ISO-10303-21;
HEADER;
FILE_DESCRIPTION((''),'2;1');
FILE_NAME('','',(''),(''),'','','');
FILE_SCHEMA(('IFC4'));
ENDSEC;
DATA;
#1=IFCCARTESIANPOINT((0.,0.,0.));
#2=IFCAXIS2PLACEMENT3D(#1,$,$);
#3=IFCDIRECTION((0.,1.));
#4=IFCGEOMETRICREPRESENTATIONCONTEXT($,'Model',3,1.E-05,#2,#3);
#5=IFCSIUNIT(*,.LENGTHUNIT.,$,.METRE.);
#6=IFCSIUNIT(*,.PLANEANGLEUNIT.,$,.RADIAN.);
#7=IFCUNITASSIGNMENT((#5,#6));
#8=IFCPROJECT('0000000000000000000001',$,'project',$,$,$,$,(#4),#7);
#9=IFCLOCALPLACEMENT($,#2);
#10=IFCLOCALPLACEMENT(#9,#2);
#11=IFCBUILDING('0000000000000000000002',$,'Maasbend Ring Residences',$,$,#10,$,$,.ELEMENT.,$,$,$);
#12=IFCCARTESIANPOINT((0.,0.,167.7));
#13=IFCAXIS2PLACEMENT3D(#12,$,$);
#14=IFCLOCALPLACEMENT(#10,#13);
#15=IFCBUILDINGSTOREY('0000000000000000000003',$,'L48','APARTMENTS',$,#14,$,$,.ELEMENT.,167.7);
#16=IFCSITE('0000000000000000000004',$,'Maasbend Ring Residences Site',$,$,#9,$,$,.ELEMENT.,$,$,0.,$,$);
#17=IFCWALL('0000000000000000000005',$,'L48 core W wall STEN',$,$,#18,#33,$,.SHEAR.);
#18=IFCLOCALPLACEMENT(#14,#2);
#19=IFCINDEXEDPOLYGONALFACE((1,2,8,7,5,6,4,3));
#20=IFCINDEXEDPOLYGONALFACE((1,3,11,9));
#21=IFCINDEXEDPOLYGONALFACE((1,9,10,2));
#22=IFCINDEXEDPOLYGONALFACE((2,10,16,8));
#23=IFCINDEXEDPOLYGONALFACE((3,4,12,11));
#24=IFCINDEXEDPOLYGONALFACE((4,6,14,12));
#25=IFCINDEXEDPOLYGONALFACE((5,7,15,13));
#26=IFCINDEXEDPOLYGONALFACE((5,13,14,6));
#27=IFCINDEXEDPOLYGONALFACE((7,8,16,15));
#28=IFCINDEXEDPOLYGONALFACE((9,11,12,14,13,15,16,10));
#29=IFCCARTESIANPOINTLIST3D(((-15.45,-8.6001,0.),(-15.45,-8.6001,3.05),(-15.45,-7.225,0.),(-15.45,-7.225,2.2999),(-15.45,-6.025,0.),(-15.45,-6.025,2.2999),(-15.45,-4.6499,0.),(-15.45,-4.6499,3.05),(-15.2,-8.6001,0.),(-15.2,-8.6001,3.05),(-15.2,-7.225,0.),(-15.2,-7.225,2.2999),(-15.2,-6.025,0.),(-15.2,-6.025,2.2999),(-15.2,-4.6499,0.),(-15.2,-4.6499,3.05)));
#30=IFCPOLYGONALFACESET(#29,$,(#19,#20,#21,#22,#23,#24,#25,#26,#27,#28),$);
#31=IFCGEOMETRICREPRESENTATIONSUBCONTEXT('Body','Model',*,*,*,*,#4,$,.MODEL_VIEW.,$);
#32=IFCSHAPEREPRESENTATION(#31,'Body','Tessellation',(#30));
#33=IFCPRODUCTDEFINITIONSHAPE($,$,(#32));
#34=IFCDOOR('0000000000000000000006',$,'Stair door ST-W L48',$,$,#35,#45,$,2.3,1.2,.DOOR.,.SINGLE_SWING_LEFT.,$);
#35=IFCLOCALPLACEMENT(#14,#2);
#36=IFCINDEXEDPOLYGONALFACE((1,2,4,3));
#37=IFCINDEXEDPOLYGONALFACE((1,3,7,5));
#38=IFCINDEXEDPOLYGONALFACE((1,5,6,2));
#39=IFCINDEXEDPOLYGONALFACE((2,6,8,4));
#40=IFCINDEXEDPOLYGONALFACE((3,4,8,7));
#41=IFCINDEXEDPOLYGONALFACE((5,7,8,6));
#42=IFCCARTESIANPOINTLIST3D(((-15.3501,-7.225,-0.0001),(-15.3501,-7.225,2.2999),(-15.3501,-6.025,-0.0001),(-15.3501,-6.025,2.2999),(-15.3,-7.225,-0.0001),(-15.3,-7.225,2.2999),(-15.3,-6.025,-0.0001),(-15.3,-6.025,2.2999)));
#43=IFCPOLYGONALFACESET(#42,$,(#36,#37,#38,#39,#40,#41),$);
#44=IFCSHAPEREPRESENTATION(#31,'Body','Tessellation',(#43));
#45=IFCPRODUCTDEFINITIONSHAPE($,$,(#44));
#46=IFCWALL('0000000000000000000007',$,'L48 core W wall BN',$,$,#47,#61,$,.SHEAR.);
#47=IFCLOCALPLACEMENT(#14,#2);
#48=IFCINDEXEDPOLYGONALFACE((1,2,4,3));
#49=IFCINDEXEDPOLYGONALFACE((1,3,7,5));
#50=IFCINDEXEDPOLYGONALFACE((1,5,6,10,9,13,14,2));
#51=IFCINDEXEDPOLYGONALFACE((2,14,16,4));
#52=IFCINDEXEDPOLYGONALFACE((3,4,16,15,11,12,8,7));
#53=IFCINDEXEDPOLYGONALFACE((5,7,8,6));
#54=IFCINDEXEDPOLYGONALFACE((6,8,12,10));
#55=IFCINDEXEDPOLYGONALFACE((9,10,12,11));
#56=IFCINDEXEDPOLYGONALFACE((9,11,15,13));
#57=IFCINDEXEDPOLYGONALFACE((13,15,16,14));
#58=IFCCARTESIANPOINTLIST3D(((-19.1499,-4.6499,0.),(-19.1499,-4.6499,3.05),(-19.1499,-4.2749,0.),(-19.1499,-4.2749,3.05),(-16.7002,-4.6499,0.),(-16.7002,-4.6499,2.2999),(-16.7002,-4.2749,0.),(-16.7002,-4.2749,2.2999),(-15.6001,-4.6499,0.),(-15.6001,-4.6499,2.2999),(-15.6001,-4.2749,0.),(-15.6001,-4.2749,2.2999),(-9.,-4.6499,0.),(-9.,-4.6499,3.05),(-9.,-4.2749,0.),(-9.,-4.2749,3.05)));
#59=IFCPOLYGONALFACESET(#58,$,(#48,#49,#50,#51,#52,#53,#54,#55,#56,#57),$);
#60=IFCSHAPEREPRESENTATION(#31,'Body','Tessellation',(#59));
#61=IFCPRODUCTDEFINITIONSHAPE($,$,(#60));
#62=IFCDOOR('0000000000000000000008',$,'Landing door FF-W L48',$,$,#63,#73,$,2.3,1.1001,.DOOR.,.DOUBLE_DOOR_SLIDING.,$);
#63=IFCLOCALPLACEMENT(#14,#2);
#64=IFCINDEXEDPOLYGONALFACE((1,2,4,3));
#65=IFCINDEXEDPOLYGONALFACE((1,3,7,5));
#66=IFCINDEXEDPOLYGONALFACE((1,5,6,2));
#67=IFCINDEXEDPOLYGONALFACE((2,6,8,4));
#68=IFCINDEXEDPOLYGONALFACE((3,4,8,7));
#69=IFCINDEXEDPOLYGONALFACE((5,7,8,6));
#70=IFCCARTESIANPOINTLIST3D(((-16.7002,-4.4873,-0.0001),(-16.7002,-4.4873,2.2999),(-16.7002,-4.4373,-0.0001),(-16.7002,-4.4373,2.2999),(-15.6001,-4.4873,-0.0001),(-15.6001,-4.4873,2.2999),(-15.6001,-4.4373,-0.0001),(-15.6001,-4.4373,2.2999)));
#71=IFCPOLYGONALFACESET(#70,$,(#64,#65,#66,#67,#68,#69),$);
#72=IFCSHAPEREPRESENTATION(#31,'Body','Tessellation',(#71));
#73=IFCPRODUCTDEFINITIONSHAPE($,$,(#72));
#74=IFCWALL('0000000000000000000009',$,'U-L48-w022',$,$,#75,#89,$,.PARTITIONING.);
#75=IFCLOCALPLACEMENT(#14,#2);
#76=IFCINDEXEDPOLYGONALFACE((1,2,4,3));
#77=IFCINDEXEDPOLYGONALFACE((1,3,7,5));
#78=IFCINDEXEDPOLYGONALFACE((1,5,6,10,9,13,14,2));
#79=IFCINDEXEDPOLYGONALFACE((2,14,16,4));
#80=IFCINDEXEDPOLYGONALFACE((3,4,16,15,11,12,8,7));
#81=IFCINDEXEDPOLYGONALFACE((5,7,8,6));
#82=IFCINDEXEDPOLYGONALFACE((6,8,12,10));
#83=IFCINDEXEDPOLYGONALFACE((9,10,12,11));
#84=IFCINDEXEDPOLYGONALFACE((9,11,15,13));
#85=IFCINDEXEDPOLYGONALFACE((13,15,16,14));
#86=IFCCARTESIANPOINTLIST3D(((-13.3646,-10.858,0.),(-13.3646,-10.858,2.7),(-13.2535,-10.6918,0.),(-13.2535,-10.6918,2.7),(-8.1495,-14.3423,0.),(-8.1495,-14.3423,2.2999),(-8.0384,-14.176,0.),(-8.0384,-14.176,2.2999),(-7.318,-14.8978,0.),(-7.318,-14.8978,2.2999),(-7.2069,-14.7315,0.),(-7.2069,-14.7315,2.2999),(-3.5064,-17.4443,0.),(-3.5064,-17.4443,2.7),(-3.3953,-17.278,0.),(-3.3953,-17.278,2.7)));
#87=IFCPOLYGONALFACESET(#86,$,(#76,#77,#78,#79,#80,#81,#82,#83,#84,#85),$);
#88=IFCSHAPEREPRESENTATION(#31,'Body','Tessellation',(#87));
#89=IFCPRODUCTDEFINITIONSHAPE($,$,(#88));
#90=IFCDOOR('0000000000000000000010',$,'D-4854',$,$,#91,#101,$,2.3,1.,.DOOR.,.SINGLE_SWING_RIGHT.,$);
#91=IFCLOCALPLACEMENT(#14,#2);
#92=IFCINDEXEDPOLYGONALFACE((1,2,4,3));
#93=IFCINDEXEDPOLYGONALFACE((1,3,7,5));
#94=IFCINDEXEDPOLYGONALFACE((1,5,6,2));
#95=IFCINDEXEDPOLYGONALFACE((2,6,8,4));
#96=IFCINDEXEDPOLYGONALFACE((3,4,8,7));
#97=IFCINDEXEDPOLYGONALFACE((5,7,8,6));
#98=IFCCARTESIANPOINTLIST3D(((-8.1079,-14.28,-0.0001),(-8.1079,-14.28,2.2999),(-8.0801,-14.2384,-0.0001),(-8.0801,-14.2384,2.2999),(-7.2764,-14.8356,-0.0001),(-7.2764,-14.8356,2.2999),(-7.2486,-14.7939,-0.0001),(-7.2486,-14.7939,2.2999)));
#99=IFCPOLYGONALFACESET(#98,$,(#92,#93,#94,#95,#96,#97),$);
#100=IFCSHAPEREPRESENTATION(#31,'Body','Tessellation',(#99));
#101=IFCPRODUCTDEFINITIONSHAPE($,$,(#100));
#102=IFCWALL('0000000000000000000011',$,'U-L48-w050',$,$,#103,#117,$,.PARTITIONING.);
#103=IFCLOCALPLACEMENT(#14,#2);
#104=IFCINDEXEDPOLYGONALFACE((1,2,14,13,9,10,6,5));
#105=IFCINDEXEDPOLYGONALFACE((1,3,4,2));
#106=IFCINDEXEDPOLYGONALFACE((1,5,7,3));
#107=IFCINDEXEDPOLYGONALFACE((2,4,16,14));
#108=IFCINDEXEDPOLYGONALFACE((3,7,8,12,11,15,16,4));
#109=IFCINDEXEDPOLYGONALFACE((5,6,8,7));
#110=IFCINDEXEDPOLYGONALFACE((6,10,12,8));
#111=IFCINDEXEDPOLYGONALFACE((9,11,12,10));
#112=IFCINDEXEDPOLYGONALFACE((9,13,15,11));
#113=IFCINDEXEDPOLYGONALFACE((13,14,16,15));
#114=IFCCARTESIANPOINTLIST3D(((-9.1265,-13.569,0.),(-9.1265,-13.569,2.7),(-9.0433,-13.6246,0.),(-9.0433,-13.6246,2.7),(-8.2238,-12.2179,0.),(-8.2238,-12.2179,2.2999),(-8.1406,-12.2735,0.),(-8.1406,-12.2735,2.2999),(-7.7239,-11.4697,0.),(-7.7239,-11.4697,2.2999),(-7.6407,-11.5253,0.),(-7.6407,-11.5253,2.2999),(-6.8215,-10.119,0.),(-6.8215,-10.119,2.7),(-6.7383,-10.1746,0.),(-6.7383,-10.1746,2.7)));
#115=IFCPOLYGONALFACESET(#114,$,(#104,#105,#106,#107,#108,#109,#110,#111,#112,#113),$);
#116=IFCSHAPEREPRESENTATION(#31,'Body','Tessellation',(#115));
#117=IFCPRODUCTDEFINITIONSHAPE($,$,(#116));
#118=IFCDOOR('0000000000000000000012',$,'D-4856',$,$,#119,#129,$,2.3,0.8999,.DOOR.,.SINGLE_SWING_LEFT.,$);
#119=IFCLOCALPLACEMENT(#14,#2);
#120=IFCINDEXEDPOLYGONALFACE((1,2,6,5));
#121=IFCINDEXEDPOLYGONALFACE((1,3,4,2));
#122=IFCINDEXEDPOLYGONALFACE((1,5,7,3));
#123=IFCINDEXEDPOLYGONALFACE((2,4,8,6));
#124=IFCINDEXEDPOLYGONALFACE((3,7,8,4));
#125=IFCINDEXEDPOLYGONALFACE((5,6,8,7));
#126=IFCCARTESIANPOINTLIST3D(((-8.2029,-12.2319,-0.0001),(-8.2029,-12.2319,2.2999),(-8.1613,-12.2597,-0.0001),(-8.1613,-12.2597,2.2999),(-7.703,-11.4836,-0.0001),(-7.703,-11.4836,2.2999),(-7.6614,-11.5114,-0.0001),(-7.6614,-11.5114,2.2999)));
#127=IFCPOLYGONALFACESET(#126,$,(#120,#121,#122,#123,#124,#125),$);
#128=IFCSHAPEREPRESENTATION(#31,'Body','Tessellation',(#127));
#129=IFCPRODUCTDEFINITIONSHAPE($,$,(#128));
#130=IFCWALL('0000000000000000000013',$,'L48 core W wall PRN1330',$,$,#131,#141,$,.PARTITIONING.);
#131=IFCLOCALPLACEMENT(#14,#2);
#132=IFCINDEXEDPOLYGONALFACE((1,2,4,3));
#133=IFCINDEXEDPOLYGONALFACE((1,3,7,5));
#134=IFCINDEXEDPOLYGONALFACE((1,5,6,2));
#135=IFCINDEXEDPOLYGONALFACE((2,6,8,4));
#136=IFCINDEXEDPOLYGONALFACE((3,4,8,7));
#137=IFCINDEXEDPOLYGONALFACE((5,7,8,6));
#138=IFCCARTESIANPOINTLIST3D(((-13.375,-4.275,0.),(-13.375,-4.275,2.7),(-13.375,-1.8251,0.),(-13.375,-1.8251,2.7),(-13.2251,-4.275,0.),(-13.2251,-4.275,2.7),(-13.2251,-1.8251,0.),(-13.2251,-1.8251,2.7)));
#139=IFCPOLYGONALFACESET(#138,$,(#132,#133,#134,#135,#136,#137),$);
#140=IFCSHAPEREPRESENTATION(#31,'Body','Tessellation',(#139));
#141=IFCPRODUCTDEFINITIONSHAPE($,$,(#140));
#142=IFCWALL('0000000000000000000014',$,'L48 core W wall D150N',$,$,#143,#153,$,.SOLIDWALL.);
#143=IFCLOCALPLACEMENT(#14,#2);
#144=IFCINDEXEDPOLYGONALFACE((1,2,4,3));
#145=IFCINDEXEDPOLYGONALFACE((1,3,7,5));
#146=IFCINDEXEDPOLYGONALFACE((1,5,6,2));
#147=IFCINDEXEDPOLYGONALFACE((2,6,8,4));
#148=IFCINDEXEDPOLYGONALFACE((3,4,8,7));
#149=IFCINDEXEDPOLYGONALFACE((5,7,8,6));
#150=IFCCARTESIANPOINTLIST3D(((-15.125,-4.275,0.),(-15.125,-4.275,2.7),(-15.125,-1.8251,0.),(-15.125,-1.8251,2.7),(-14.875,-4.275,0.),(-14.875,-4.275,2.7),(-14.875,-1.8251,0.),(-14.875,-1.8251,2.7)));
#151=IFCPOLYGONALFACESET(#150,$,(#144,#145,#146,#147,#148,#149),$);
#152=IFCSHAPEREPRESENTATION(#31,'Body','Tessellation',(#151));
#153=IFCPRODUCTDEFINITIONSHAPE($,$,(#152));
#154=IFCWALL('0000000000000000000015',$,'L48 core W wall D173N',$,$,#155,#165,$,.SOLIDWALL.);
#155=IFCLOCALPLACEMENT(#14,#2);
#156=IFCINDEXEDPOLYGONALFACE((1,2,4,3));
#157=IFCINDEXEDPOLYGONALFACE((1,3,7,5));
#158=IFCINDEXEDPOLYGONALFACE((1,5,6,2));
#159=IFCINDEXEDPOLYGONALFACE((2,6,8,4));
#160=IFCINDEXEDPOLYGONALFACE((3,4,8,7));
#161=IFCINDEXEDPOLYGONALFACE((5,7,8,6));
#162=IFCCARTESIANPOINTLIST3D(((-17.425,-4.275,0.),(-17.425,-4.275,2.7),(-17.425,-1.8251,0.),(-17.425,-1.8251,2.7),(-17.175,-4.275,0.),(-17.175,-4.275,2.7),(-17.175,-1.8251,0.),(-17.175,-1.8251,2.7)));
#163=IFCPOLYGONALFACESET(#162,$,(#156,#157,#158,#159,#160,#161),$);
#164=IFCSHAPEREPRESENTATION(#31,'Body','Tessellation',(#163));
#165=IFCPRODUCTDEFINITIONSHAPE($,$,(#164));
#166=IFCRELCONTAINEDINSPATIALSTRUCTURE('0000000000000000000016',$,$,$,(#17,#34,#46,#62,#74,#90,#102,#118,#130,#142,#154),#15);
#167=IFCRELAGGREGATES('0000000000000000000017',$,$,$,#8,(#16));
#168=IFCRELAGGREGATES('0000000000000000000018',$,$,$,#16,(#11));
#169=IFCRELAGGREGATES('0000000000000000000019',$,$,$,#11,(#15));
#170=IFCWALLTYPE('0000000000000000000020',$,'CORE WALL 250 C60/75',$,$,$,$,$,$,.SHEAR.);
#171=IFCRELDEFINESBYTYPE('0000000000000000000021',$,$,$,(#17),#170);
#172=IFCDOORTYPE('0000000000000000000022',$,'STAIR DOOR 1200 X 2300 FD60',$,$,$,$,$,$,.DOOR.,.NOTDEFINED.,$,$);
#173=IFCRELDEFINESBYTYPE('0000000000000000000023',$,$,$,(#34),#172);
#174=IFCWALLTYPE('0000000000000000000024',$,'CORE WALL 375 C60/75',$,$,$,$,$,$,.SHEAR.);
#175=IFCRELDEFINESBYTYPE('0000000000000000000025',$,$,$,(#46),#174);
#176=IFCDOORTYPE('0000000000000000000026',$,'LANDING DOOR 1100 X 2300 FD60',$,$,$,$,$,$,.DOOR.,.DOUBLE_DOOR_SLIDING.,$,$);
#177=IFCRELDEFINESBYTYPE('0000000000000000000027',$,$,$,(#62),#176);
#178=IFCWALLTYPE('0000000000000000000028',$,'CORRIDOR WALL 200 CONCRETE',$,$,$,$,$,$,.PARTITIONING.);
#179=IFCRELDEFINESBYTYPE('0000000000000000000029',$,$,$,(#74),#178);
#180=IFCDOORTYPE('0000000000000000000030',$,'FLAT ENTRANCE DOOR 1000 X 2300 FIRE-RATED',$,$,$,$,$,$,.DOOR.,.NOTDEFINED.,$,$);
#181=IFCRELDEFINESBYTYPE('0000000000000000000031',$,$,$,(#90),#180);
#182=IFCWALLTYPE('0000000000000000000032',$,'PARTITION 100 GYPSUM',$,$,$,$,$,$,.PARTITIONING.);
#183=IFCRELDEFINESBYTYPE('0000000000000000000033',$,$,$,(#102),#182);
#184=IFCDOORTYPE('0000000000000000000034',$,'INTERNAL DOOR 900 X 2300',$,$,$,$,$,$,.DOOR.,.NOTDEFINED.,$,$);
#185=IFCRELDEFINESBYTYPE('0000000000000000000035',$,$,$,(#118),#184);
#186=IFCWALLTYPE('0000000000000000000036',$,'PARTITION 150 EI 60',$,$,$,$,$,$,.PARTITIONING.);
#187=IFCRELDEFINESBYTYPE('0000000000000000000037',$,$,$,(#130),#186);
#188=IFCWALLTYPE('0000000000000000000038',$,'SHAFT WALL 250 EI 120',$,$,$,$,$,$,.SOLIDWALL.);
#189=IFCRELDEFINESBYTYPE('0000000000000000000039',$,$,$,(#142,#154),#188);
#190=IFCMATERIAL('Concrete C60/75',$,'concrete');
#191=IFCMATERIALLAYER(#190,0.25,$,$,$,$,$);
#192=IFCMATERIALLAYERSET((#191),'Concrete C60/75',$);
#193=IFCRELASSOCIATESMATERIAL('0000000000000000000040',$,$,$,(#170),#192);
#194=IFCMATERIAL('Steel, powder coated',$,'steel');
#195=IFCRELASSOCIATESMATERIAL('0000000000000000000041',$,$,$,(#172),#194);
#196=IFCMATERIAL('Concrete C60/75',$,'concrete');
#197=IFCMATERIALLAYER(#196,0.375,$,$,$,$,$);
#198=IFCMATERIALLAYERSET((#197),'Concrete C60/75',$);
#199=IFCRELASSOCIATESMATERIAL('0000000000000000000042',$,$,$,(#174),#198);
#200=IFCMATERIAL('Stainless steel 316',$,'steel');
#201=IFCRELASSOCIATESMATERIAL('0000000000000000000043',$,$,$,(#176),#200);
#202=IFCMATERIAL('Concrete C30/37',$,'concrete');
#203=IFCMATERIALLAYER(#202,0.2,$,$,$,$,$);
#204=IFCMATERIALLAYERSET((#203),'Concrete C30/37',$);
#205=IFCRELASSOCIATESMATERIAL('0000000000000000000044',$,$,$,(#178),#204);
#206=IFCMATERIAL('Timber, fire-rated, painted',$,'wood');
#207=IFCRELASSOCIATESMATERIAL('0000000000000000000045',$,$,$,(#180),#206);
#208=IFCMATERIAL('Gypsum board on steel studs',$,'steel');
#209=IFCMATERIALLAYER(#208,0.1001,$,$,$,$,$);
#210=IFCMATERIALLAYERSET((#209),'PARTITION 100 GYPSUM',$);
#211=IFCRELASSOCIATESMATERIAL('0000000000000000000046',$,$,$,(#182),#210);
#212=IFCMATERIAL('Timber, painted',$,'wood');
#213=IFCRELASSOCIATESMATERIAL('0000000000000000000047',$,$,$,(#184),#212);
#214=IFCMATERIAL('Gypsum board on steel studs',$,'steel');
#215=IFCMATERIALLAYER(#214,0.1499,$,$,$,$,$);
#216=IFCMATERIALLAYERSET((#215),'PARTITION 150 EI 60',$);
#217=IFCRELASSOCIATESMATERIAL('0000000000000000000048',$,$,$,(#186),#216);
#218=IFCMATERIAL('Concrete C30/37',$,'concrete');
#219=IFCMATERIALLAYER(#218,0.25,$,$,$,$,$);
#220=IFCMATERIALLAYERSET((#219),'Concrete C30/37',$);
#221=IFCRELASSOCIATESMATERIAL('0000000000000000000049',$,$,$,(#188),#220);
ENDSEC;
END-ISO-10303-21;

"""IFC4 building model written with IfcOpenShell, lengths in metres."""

from ifc_helpers import new_model, si_unit, direction, frame, frame_2d, origin, place, context, subcontext, project, spatial, rectangle, extrude, material, layer, layer_set, type_object, element, fill, save


model = new_model("IFC4")

# Units and contexts
model_context = context("Model", 3, precision=1e-05, world=origin(), true_north=direction((0.0, 1.0)))
body_context = subcontext(model_context, "Body", "Model", "MODEL_VIEW")
ifc_project = project(units=[si_unit("LENGTHUNIT", "METRE"), si_unit("PLANEANGLEUNIT", "RADIAN")], contexts=[model_context])

# Site, building, storey
site_placement = place(None, origin())
site = spatial("IfcSite", under=ifc_project, at=site_placement, Name="Maasbend Ring Residences Site", CompositionType="ELEMENT", RefElevation=0.0)
building_placement = place(site_placement, origin())
building = spatial("IfcBuilding", under=site, at=building_placement, Name="Maasbend Ring Residences", CompositionType="ELEMENT")
storey_placement = place(building_placement, frame((0.0, 0.0, 167.7)))
storey = spatial("IfcBuildingStorey", under=building, at=storey_placement, Name="L48", Description="APARTMENTS", CompositionType="ELEMENT", Elevation=167.7)

# Shared definitions
ifc_material_1 = material(Name="Concrete C60/75", Category="concrete")
ifc_layer_1 = layer(ifc_material_1, 0.25)
ifc_layer_set_1 = layer_set([ifc_layer_1], Name="Concrete C60/75")
wall_type_1 = type_object("IfcWallType", Name="CORE WALL 250 C60/75", PredefinedType="SHEAR", material=ifc_layer_set_1)

# Walls, openings, doors
wall_1_placement = place(storey_placement, frame((-15.325, -4.6499, 0.0), z_axis=(0.0, 0.0, 1.0), x_axis=(0.0, -1.0, 0.0)))
wall_1 = element("IfcWall", 1, at=wall_1_placement, inside=storey, type_object=wall_type_1, Name="L48 core W wall STEN", PredefinedType="SHEAR", context=body_context, shape_type="SweptSolid", body=[
    extrude(rectangle(XDim=3.9502, YDim=0.25, at=frame_2d((1.9751, 0.0))), origin(), (0.0, 0.0, 1.0), 3.05),
])
opening_1_placement = place(wall_1_placement, frame((1.375, 0.0, 0.0)))
opening_1 = element("IfcOpeningElement", 2, at=opening_1_placement, cuts=wall_1, PredefinedType="OPENING", context=body_context, shape_type="SweptSolid", body=[
    extrude(rectangle(XDim=1.2, YDim=2.3, at=frame_2d((0.6001, 1.1499))), frame((0.0, 0.135, 0.0), z_axis=(0.0, -1.0, 0.0), x_axis=(1.0, 0.0, 0.0)), (0.0, 0.0, 1.0), 0.27),
])
ifc_material_2 = material(Name="Steel, powder coated", Category="steel")
door_type_1 = type_object("IfcDoorType", Name="STAIR DOOR 1200 X 2300 FD60", OperationType="NOTDEFINED", PredefinedType="DOOR", material=ifc_material_2)
door_1_placement = place(opening_1_placement, origin())
door_1 = element("IfcDoor", 3, at=door_1_placement, inside=storey, type_object=door_type_1, Name="Stair door ST-W L48", OperationType="SINGLE_SWING_LEFT", OverallHeight=2.3, OverallWidth=1.2, PredefinedType="DOOR", context=body_context, shape_type="SweptSolid", body=[
    extrude(rectangle(XDim=1.2, YDim=2.3, at=frame_2d((0.6001, 1.1499))), frame((0.0, 0.0249, 0.0), z_axis=(0.0, -1.0, 0.0), x_axis=(1.0, 0.0, 0.0)), (0.0, 0.0, 1.0), 0.05),
])
fill(opening_1, door_1)
ifc_material_3 = material(Name="Concrete C60/75", Category="concrete")
ifc_layer_2 = layer(ifc_material_3, 0.375)
ifc_layer_set_2 = layer_set([ifc_layer_2], Name="Concrete C60/75")
wall_type_2 = type_object("IfcWallType", Name="CORE WALL 375 C60/75", PredefinedType="SHEAR", material=ifc_layer_set_2)
wall_2_placement = place(storey_placement, frame((-9.0, -4.4624, 0.0), z_axis=(0.0, 0.0, 1.0), x_axis=(-1.0, 0.0, 0.0)))
wall_2 = element("IfcWall", 4, at=wall_2_placement, inside=storey, type_object=wall_type_2, Name="L48 core W wall BN", PredefinedType="SHEAR", context=body_context, shape_type="SweptSolid", body=[
    extrude(rectangle(XDim=10.1499, YDim=0.375, at=frame_2d((5.075, 0.0))), origin(), (0.0, 0.0, 1.0), 3.05),
])
opening_2_placement = place(wall_2_placement, frame((6.6001, 0.0, 0.0)))
opening_2 = element("IfcOpeningElement", 5, at=opening_2_placement, cuts=wall_2, PredefinedType="OPENING", context=body_context, shape_type="SweptSolid", body=[
    extrude(rectangle(XDim=1.1001, YDim=2.3, at=frame_2d((0.55, 1.1499))), frame((0.0, 0.1975, 0.0), z_axis=(0.0, -1.0, 0.0), x_axis=(1.0, 0.0, 0.0)), (0.0, 0.0, 1.0), 0.395),
])
ifc_material_4 = material(Name="Stainless steel 316", Category="steel")
door_type_2 = type_object("IfcDoorType", Name="LANDING DOOR 1100 X 2300 FD60", OperationType="DOUBLE_DOOR_SLIDING", PredefinedType="DOOR", material=ifc_material_4)
door_2_placement = place(opening_2_placement, origin())
door_2 = element("IfcDoor", 6, at=door_2_placement, inside=storey, type_object=door_type_2, Name="Landing door FF-W L48", OperationType="DOUBLE_DOOR_SLIDING", OverallHeight=2.3, OverallWidth=1.1001, PredefinedType="DOOR", context=body_context, shape_type="SweptSolid", body=[
    extrude(rectangle(XDim=1.1001, YDim=2.3, at=frame_2d((0.55, 1.1499))), frame((0.0, 0.0249, 0.0), z_axis=(0.0, -1.0, 0.0), x_axis=(1.0, 0.0, 0.0)), (0.0, 0.0, 1.0), 0.05),
])
fill(opening_2, door_2)
ifc_material_5 = material(Name="Concrete C30/37", Category="concrete")
ifc_layer_3 = layer(ifc_material_5, 0.2)
ifc_layer_set_3 = layer_set([ifc_layer_3], Name="Concrete C30/37")
wall_type_3 = type_object("IfcWallType", Name="CORRIDOR WALL 200 CONCRETE", PredefinedType="PARTITIONING", material=ifc_layer_set_3)
wall_3_placement = place(storey_placement, frame((-13.3091, -10.7749, 0.0), z_axis=(0.0, 0.0, 1.0), x_axis=(0.831502, -0.555522, 0.0)))
wall_3 = element("IfcWall", 7, at=wall_3_placement, inside=storey, type_object=wall_type_3, Name="U-L48-w022", PredefinedType="PARTITIONING", context=body_context, shape_type="SweptSolid", body=[
    extrude(rectangle(XDim=11.856, YDim=0.2, at=frame_2d((5.928, 0.0))), origin(), (0.0, 0.0, 1.0), 2.7),
])
opening_3_placement = place(wall_3_placement, frame((6.272, 0.0, 0.0)))
opening_3 = element("IfcOpeningElement", 8, at=opening_3_placement, cuts=wall_3, PredefinedType="OPENING", context=body_context, shape_type="SweptSolid", body=[
    extrude(rectangle(XDim=1.0, YDim=2.3, at=frame_2d((0.5, 1.1499))), frame((0.0, 0.1099, 0.0), z_axis=(0.0, -1.0, 0.0), x_axis=(1.0, 0.0, 0.0)), (0.0, 0.0, 1.0), 0.22),
])
ifc_material_6 = material(Name="Timber, fire-rated, painted", Category="wood")
door_type_3 = type_object("IfcDoorType", Name="FLAT ENTRANCE DOOR 1000 X 2300 FIRE-RATED", OperationType="NOTDEFINED", PredefinedType="DOOR", material=ifc_material_6)
door_3_placement = place(opening_3_placement, origin())
door_3 = element("IfcDoor", 9, at=door_3_placement, inside=storey, type_object=door_type_3, Name="D-4854", OperationType="SINGLE_SWING_RIGHT", OverallHeight=2.3, OverallWidth=1.0, PredefinedType="DOOR", context=body_context, shape_type="SweptSolid", body=[
    extrude(rectangle(XDim=1.0, YDim=2.3, at=frame_2d((0.5, 1.1499))), frame((0.0, 0.0249, 0.0), z_axis=(0.0, -1.0, 0.0), x_axis=(1.0, 0.0, 0.0)), (0.0, 0.0, 1.0), 0.05),
])
fill(opening_3, door_3)
ifc_material_7 = material(Name="Gypsum board on steel studs", Category="steel")
ifc_layer_4 = layer(ifc_material_7, 0.1001)
ifc_layer_set_4 = layer_set([ifc_layer_4], Name="PARTITION 100 GYPSUM")
wall_type_4 = type_object("IfcWallType", Name="PARTITION 100 GYPSUM", PredefinedType="PARTITIONING", material=ifc_layer_set_4)
wall_4_placement = place(storey_placement, frame((-9.085, -13.5969, 0.0), z_axis=(0.0, 0.0, 1.0), x_axis=(0.555528, 0.831498, 0.0)))
wall_4 = element("IfcWall", 10, at=wall_4_placement, inside=storey, type_object=wall_type_4, Name="U-L48-w050", PredefinedType="PARTITIONING", context=body_context, shape_type="SweptSolid", body=[
    extrude(rectangle(XDim=4.1492, YDim=0.1001, at=frame_2d((2.0747, 0.0))), origin(), (0.0, 0.0, 1.0), 2.7),
])
opening_4_placement = place(wall_4_placement, frame((1.625, 0.0, 0.0)))
opening_4 = element("IfcOpeningElement", 11, at=opening_4_placement, cuts=wall_4, PredefinedType="OPENING", context=body_context, shape_type="SweptSolid", body=[
    extrude(rectangle(XDim=0.8999, YDim=2.3, at=frame_2d((0.45, 1.1499))), frame((0.0, 0.0601, 0.0), z_axis=(0.0, -1.0, 0.0), x_axis=(1.0, 0.0, 0.0)), (0.0, 0.0, 1.0), 0.1201),
])
ifc_material_8 = material(Name="Timber, painted", Category="wood")
door_type_4 = type_object("IfcDoorType", Name="INTERNAL DOOR 900 X 2300", OperationType="NOTDEFINED", PredefinedType="DOOR", material=ifc_material_8)
door_4_placement = place(opening_4_placement, origin())
door_4 = element("IfcDoor", 12, at=door_4_placement, inside=storey, type_object=door_type_4, Name="D-4856", OperationType="SINGLE_SWING_LEFT", OverallHeight=2.3, OverallWidth=0.8999, PredefinedType="DOOR", context=body_context, shape_type="SweptSolid", body=[
    extrude(rectangle(XDim=0.8999, YDim=2.3, at=frame_2d((0.45, 1.1499))), frame((0.0, 0.0249, 0.0), z_axis=(0.0, -1.0, 0.0), x_axis=(1.0, 0.0, 0.0)), (0.0, 0.0, 1.0), 0.05),
])
fill(opening_4, door_4)

# Walls
ifc_material_9 = material(Name="Gypsum board on steel studs", Category="steel")
ifc_layer_5 = layer(ifc_material_9, 0.1499)
ifc_layer_set_5 = layer_set([ifc_layer_5], Name="PARTITION 150 EI 60")
wall_type_5 = type_object("IfcWallType", Name="PARTITION 150 EI 60", PredefinedType="PARTITIONING", material=ifc_layer_set_5)
wall_5_placement = place(storey_placement, frame((-13.3, -1.825, 0.0), z_axis=(0.0, 0.0, 1.0), x_axis=(0.0, -1.0, 0.0)))
element("IfcWall", 13, at=wall_5_placement, inside=storey, type_object=wall_type_5, Name="L48 core W wall PRN1330", PredefinedType="PARTITIONING", context=body_context, shape_type="SweptSolid", body=[
    extrude(rectangle(XDim=2.45, YDim=0.1499, at=frame_2d((1.2251, 0.0))), origin(), (0.0, 0.0, 1.0), 2.7),
])
ifc_material_10 = material(Name="Concrete C30/37", Category="concrete")
ifc_layer_6 = layer(ifc_material_10, 0.25)
ifc_layer_set_6 = layer_set([ifc_layer_6], Name="Concrete C30/37")
wall_type_6 = type_object("IfcWallType", Name="SHAFT WALL 250 EI 120", PredefinedType="SOLIDWALL", material=ifc_layer_set_6)
for number, where, z_axis, x_axis, name in (
    (14, (-15.0, -1.825, 0.0), (0.0, 0.0, 1.0), (0.0, -1.0, 0.0), "L48 core W wall D150N"),
    (15, (-17.3, -1.825, 0.0), (0.0, 0.0, 1.0), (0.0, -1.0, 0.0), "L48 core W wall D173N"),
):
    element("IfcWall", number, at=place(storey_placement, frame(where, z_axis=z_axis, x_axis=x_axis)), inside=storey, type_object=wall_type_6, Name=name, PredefinedType="SOLIDWALL", context=body_context, shape_type="SweptSolid", body=[
        extrude(rectangle(XDim=2.45, YDim=0.25, at=frame_2d((1.2251, 0.0))), origin(), (0.0, 0.0, 1.0), 2.7),
    ])

save(model, "model.ifc")
